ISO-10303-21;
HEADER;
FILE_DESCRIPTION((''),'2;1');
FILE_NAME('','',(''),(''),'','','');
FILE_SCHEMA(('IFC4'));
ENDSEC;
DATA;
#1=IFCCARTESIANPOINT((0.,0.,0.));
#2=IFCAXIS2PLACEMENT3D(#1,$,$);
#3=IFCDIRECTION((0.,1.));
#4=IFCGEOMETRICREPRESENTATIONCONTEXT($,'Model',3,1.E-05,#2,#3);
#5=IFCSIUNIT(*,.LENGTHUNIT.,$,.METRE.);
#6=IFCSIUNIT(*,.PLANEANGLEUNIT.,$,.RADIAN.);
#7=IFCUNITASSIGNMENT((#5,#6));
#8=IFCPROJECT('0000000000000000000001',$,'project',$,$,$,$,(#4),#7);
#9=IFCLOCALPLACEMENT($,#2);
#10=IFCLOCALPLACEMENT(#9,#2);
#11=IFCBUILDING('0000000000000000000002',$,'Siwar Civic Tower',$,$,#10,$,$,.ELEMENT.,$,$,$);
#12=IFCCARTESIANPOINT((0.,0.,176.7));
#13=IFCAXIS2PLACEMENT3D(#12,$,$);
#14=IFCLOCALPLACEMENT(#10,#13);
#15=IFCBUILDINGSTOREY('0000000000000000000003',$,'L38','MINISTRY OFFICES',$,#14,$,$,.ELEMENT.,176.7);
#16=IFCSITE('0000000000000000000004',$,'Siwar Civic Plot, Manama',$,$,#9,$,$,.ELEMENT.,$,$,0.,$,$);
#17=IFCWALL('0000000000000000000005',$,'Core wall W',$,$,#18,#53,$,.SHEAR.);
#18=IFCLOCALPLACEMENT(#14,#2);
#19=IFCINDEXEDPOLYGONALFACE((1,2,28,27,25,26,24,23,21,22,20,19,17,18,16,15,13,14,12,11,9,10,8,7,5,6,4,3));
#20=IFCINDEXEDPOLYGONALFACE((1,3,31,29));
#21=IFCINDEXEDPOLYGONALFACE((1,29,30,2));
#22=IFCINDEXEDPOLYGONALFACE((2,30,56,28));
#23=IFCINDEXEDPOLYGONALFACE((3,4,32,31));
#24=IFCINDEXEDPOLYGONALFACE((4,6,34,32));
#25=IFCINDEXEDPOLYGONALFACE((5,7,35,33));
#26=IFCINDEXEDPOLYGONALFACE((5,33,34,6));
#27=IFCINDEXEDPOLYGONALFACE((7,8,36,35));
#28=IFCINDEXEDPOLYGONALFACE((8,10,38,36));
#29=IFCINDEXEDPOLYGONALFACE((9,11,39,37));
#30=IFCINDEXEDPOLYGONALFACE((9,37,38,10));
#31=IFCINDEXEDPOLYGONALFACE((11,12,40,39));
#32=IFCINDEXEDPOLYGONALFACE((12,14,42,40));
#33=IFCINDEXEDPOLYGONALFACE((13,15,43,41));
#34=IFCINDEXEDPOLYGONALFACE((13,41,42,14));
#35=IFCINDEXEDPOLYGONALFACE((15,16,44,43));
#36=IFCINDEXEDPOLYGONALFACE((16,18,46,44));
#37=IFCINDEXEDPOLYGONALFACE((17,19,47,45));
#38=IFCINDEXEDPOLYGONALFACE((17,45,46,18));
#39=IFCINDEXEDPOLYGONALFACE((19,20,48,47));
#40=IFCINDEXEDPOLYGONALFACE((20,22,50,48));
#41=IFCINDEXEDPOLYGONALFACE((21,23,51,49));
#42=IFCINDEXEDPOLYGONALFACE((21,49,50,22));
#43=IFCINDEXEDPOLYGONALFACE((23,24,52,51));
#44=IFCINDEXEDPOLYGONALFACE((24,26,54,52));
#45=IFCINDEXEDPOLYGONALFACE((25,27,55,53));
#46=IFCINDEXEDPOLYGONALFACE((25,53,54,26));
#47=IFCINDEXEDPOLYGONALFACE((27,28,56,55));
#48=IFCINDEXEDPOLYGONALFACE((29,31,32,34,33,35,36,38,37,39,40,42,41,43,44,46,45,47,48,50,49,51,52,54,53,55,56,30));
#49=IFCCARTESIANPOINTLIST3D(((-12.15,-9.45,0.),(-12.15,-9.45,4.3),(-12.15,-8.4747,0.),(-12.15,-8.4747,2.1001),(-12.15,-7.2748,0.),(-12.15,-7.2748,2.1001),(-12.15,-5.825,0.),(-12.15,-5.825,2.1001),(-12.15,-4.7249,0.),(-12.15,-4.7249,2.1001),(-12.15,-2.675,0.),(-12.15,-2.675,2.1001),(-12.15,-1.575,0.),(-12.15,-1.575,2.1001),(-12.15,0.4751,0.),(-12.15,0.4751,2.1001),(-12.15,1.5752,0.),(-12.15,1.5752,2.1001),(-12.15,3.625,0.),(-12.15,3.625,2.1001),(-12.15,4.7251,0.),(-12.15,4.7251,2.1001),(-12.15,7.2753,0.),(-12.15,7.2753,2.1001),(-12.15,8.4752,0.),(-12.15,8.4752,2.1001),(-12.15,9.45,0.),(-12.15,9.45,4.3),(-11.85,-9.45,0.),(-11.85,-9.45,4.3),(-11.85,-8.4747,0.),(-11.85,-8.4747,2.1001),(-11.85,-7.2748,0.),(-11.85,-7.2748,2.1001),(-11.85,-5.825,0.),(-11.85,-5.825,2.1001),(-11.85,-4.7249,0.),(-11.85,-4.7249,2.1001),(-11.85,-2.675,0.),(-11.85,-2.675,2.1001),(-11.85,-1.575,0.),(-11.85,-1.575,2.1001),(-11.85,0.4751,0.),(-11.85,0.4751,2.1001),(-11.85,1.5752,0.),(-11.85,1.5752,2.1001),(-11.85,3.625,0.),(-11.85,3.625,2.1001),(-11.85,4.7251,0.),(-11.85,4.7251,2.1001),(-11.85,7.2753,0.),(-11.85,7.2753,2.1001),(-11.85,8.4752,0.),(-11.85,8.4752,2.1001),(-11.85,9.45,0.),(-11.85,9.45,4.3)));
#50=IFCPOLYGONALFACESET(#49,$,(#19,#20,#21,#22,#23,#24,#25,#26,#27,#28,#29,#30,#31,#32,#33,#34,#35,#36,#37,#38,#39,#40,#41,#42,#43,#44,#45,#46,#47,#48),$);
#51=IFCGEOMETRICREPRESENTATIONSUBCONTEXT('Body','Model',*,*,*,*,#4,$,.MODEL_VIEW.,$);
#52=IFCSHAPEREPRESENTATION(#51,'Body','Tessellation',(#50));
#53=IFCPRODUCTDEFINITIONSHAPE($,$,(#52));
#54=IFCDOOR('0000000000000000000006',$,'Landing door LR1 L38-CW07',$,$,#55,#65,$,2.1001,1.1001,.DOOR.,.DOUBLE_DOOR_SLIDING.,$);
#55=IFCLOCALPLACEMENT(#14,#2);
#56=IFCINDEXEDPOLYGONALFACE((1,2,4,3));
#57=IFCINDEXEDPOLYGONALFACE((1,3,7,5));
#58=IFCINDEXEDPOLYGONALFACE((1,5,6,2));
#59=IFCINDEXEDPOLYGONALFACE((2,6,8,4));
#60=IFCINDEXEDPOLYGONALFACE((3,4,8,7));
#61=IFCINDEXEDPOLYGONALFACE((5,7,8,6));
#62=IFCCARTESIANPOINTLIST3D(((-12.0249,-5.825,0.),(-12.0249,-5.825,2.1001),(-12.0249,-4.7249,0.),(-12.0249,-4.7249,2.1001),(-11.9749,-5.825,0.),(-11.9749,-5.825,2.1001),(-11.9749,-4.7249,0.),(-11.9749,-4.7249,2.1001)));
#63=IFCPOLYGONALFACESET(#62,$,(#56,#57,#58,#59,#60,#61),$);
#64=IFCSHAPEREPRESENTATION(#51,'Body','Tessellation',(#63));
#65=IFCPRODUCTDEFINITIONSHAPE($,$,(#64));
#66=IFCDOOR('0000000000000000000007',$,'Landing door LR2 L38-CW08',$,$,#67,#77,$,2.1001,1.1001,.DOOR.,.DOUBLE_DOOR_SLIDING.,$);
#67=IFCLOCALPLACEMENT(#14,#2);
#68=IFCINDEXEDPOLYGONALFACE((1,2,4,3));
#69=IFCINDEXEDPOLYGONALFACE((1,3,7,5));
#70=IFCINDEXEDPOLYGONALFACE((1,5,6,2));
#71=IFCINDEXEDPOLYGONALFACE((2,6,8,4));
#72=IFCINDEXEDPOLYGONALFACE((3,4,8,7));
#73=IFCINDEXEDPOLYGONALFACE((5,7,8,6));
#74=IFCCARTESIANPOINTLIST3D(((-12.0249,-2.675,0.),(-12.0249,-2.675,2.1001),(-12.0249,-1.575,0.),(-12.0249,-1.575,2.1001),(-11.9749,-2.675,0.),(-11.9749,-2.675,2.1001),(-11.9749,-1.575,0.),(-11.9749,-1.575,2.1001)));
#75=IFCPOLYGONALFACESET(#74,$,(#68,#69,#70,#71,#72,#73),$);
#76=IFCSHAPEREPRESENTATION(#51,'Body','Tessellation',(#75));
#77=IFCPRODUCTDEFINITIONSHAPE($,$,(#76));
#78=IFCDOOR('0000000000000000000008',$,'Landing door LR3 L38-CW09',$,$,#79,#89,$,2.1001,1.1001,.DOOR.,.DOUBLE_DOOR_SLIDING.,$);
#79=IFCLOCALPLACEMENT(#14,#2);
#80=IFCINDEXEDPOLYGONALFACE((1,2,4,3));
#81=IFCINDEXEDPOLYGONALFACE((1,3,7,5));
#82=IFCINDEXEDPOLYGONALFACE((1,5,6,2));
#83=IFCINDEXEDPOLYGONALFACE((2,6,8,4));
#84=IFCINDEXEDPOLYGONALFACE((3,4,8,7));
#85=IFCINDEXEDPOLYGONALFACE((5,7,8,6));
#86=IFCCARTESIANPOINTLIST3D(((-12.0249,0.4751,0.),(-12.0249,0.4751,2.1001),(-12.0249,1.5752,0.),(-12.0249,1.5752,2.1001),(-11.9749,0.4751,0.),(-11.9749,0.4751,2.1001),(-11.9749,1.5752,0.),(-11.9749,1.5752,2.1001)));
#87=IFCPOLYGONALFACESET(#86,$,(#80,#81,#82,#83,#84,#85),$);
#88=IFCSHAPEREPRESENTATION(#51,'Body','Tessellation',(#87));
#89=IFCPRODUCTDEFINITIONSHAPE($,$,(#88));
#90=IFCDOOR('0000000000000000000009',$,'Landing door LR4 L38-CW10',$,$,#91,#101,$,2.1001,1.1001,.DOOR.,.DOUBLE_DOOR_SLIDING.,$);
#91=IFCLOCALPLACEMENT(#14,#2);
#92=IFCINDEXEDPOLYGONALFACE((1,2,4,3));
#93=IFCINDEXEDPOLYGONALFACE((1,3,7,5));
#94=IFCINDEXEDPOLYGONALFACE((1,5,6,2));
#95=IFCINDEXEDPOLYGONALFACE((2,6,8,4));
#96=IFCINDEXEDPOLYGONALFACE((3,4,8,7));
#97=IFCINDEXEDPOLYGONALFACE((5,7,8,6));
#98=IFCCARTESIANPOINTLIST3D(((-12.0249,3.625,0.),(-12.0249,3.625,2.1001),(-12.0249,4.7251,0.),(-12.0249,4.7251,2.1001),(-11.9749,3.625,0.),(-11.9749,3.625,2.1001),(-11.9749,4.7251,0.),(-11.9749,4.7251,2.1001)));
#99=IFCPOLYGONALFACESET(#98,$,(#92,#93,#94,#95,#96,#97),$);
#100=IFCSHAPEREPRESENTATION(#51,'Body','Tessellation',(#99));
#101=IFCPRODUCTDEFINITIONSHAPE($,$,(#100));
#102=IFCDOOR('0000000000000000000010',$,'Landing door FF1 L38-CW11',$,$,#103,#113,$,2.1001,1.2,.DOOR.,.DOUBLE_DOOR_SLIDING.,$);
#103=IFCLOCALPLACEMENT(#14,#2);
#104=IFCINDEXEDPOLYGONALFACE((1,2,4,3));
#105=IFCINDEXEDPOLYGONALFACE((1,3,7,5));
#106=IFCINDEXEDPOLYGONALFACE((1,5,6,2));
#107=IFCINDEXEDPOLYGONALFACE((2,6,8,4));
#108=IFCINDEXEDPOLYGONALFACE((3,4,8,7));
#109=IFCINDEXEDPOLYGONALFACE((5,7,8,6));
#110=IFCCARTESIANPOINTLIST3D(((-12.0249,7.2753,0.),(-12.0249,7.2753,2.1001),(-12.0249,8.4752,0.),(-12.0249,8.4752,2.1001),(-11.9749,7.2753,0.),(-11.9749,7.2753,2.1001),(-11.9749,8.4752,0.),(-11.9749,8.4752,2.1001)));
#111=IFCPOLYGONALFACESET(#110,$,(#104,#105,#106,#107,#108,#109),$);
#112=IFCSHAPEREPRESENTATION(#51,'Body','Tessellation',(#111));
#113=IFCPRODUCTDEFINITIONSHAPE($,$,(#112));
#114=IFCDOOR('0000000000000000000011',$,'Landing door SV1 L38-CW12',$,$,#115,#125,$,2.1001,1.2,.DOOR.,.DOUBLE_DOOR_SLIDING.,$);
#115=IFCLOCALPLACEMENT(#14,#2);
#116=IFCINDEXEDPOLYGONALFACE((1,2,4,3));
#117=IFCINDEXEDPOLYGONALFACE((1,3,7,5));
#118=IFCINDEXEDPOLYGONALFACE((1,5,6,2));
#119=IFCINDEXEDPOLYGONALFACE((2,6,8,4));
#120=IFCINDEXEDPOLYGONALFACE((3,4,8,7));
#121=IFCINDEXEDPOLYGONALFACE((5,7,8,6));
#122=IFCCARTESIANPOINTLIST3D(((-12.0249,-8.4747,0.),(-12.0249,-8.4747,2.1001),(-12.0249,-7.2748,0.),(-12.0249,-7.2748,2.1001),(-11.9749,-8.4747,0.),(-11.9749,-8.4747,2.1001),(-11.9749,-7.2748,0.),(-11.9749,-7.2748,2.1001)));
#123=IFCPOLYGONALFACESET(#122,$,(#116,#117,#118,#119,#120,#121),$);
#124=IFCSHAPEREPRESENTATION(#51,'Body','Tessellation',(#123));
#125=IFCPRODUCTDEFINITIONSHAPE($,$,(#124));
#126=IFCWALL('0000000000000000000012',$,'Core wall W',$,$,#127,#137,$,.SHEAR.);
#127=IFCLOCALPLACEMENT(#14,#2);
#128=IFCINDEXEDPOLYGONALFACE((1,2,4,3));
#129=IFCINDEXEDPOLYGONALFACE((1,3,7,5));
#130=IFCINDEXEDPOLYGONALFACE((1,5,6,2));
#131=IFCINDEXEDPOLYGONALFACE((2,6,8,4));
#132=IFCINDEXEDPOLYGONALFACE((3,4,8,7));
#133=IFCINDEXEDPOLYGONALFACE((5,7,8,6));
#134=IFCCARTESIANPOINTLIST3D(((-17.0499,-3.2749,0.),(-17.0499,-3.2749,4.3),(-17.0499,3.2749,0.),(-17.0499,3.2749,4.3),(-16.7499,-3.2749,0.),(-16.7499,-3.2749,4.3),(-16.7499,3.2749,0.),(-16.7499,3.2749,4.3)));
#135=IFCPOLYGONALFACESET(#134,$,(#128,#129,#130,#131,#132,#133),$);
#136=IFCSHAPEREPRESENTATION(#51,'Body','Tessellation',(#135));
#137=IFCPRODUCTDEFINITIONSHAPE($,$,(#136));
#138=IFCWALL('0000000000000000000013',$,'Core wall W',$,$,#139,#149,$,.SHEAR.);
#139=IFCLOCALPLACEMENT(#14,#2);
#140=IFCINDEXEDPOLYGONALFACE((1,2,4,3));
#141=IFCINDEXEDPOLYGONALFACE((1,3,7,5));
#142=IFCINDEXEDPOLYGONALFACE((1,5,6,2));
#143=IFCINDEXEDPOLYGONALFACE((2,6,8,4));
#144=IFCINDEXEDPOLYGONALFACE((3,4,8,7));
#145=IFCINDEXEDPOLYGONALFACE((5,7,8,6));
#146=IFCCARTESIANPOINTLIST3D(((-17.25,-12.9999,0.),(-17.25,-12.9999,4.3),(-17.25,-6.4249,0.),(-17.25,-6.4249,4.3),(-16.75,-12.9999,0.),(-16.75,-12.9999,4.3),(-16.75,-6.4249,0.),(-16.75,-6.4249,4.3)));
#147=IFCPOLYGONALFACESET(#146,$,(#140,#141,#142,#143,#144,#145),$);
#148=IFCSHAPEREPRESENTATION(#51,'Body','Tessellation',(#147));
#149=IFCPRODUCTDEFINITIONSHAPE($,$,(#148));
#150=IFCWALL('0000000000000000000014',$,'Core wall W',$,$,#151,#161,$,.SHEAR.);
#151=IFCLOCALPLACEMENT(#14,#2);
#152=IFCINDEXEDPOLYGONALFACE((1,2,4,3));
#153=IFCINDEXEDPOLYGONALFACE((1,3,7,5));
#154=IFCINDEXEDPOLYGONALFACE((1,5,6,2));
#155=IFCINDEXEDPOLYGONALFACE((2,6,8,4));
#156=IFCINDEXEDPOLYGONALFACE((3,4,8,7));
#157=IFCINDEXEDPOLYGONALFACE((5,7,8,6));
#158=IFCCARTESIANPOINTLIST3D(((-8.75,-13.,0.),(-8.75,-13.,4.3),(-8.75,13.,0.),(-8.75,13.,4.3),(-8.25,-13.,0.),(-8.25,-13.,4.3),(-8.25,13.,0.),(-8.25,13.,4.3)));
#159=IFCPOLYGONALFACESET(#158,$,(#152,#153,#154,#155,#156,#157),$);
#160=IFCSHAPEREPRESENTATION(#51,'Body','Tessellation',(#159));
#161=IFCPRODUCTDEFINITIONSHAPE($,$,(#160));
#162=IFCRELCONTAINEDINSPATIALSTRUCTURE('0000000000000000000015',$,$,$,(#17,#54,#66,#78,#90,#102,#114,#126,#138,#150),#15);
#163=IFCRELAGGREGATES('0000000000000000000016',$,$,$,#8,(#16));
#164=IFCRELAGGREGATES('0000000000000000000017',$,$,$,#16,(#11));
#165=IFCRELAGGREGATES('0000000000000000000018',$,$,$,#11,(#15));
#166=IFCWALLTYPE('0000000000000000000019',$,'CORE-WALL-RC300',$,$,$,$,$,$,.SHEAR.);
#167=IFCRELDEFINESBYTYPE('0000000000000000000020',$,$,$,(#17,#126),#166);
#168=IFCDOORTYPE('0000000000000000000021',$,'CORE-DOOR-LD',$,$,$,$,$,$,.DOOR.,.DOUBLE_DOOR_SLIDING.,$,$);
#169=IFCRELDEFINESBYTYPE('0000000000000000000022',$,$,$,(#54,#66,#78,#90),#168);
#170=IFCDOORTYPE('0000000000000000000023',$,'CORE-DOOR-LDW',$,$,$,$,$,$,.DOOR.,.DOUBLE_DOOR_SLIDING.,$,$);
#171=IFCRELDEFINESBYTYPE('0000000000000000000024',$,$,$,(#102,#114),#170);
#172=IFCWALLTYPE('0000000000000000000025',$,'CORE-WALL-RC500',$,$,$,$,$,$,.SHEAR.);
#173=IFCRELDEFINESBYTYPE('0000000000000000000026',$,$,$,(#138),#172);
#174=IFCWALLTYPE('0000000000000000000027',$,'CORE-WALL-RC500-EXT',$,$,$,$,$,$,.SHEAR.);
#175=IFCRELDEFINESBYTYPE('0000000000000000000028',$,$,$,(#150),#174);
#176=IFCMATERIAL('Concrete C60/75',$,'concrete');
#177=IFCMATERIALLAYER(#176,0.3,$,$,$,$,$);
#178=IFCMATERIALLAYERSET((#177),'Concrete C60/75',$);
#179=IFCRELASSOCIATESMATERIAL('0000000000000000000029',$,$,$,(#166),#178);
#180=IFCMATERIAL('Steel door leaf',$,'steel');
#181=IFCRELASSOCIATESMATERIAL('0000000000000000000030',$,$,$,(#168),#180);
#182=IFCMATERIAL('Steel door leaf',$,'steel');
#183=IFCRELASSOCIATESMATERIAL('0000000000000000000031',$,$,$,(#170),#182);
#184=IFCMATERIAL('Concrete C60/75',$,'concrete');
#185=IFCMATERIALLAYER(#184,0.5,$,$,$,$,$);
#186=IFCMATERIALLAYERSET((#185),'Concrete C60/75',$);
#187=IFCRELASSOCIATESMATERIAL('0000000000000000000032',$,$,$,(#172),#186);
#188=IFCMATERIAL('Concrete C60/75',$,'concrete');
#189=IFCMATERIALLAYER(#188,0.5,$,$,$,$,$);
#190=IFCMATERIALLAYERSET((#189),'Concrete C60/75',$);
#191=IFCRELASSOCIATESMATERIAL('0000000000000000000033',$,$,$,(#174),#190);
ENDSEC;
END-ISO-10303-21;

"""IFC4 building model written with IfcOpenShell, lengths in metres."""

from ifc_helpers import new_model, si_unit, direction, frame, frame_2d, origin, place, context, subcontext, project, spatial, rectangle, extrude, material, layer, layer_set, type_object, element, fill, save


model = new_model("IFC4")

# Units and contexts
model_context = context("Model", 3, precision=1e-05, world=origin(), true_north=direction((0.0, 1.0)))
body_context = subcontext(model_context, "Body", "Model", "MODEL_VIEW")
ifc_project = project(units=[si_unit("LENGTHUNIT", "METRE"), si_unit("PLANEANGLEUNIT", "RADIAN")], contexts=[model_context])

# Site, building, storey
site_placement = place(None, origin())
site = spatial("IfcSite", under=ifc_project, at=site_placement, Name="Siwar Civic Plot, Manama", CompositionType="ELEMENT", RefElevation=0.0)
building_placement = place(site_placement, origin())
building = spatial("IfcBuilding", under=site, at=building_placement, Name="Siwar Civic Tower", CompositionType="ELEMENT")
storey_placement = place(building_placement, frame((0.0, 0.0, 176.7)))
storey = spatial("IfcBuildingStorey", under=building, at=storey_placement, Name="L38", Description="MINISTRY OFFICES", CompositionType="ELEMENT", Elevation=176.7)

# Wall, openings, doors
ifc_material_1 = material(Name="Concrete C60/75", Category="concrete")
ifc_layer_1 = layer(ifc_material_1, 0.3)
ifc_layer_set_1 = layer_set([ifc_layer_1], Name="Concrete C60/75")
wall_type_1 = type_object("IfcWallType", Name="CORE-WALL-RC300", PredefinedType="SHEAR", material=ifc_layer_set_1)
wall_1_placement = place(storey_placement, frame((-12.0, -9.45, 0.0), z_axis=(0.0, 0.0, 1.0), x_axis=(0.0, 1.0, 0.0)))
wall_1 = element("IfcWall", 1, at=wall_1_placement, inside=storey, type_object=wall_type_1, Name="Core wall W", PredefinedType="SHEAR", context=body_context, shape_type="SweptSolid", body=[
    extrude(rectangle(XDim=18.8999, YDim=0.3, at=frame_2d((9.45, 0.0))), origin(), (0.0, 0.0, 1.0), 4.3),
])
opening_1_placement = place(wall_1_placement, frame((3.625, 0.0, 0.0)))
opening_1 = element("IfcOpeningElement", 2, at=opening_1_placement, cuts=wall_1, PredefinedType="OPENING", context=body_context, shape_type="SweptSolid", body=[
    extrude(rectangle(XDim=1.1001, YDim=2.1001, at=frame_2d((0.55, 1.05))), frame((0.0, 0.1602, 0.0), z_axis=(0.0, -1.0, 0.0), x_axis=(1.0, 0.0, 0.0)), (0.0, 0.0, 1.0), 0.3201),
])
opening_2_placement = place(wall_1_placement, frame((6.7749, 0.0, 0.0)))
opening_2 = element("IfcOpeningElement", 3, at=opening_2_placement, cuts=wall_1, PredefinedType="OPENING", context=body_context, shape_type="SweptSolid", body=[
    extrude(rectangle(XDim=1.1001, YDim=2.1001, at=frame_2d((0.55, 1.05))), frame((0.0, 0.1602, 0.0), z_axis=(0.0, -1.0, 0.0), x_axis=(1.0, 0.0, 0.0)), (0.0, 0.0, 1.0), 0.3201),
])
opening_3_placement = place(wall_1_placement, frame((9.925, 0.0, 0.0)))
opening_3 = element("IfcOpeningElement", 4, at=opening_3_placement, cuts=wall_1, PredefinedType="OPENING", context=body_context, shape_type="SweptSolid", body=[
    extrude(rectangle(XDim=1.1001, YDim=2.1001, at=frame_2d((0.55, 1.05))), frame((0.0, 0.1602, 0.0), z_axis=(0.0, -1.0, 0.0), x_axis=(1.0, 0.0, 0.0)), (0.0, 0.0, 1.0), 0.3201),
])
opening_4_placement = place(wall_1_placement, frame((13.075, 0.0, 0.0)))
opening_4 = element("IfcOpeningElement", 5, at=opening_4_placement, cuts=wall_1, PredefinedType="OPENING", context=body_context, shape_type="SweptSolid", body=[
    extrude(rectangle(XDim=1.1001, YDim=2.1001, at=frame_2d((0.55, 1.05))), frame((0.0, 0.1602, 0.0), z_axis=(0.0, -1.0, 0.0), x_axis=(1.0, 0.0, 0.0)), (0.0, 0.0, 1.0), 0.3201),
])
opening_5_placement = place(wall_1_placement, frame((16.7251, 0.0, 0.0)))
opening_5 = element("IfcOpeningElement", 6, at=opening_5_placement, cuts=wall_1, PredefinedType="OPENING", context=body_context, shape_type="SweptSolid", body=[
    extrude(rectangle(XDim=1.2, YDim=2.1001, at=frame_2d((0.6001, 1.05))), frame((0.0, 0.1602, 0.0), z_axis=(0.0, -1.0, 0.0), x_axis=(1.0, 0.0, 0.0)), (0.0, 0.0, 1.0), 0.3201),
])
opening_6_placement = place(wall_1_placement, frame((0.9751, 0.0, 0.0)))
opening_6 = element("IfcOpeningElement", 7, at=opening_6_placement, cuts=wall_1, PredefinedType="OPENING", context=body_context, shape_type="SweptSolid", body=[
    extrude(rectangle(XDim=1.2, YDim=2.1001, at=frame_2d((0.6001, 1.05))), frame((0.0, 0.1602, 0.0), z_axis=(0.0, -1.0, 0.0), x_axis=(1.0, 0.0, 0.0)), (0.0, 0.0, 1.0), 0.3201),
])
ifc_material_2 = material(Name="Steel door leaf", Category="steel")
door_type_1 = type_object("IfcDoorType", Name="CORE-DOOR-LD", OperationType="DOUBLE_DOOR_SLIDING", PredefinedType="DOOR", material=ifc_material_2)
door_1_placement = place(opening_1_placement, origin())
door_1 = element("IfcDoor", 8, at=door_1_placement, inside=storey, type_object=door_type_1, Name="Landing door LR1 L38-CW07", OperationType="DOUBLE_DOOR_SLIDING", OverallHeight=2.1001, OverallWidth=1.1001, PredefinedType="DOOR", context=body_context, shape_type="SweptSolid", body=[
    extrude(rectangle(XDim=1.1001, YDim=2.1001, at=frame_2d((0.55, 1.05))), frame((0.0, 0.0249, 0.0), z_axis=(0.0, -1.0, 0.0), x_axis=(1.0, 0.0, 0.0)), (0.0, 0.0, 1.0), 0.05),
])
fill(opening_1, door_1)
door_2_placement = place(opening_2_placement, origin())
door_2 = element("IfcDoor", 9, at=door_2_placement, inside=storey, type_object=door_type_1, Name="Landing door LR2 L38-CW08", OperationType="DOUBLE_DOOR_SLIDING", OverallHeight=2.1001, OverallWidth=1.1001, PredefinedType="DOOR", context=body_context, shape_type="SweptSolid", body=[
    extrude(rectangle(XDim=1.1001, YDim=2.1001, at=frame_2d((0.55, 1.05))), frame((0.0, 0.0249, 0.0), z_axis=(0.0, -1.0, 0.0), x_axis=(1.0, 0.0, 0.0)), (0.0, 0.0, 1.0), 0.05),
])
fill(opening_2, door_2)
door_3_placement = place(opening_3_placement, origin())
door_3 = element("IfcDoor", 10, at=door_3_placement, inside=storey, type_object=door_type_1, Name="Landing door LR3 L38-CW09", OperationType="DOUBLE_DOOR_SLIDING", OverallHeight=2.1001, OverallWidth=1.1001, PredefinedType="DOOR", context=body_context, shape_type="SweptSolid", body=[
    extrude(rectangle(XDim=1.1001, YDim=2.1001, at=frame_2d((0.55, 1.05))), frame((0.0, 0.0249, 0.0), z_axis=(0.0, -1.0, 0.0), x_axis=(1.0, 0.0, 0.0)), (0.0, 0.0, 1.0), 0.05),
])
fill(opening_3, door_3)
door_4_placement = place(opening_4_placement, origin())
door_4 = element("IfcDoor", 11, at=door_4_placement, inside=storey, type_object=door_type_1, Name="Landing door LR4 L38-CW10", OperationType="DOUBLE_DOOR_SLIDING", OverallHeight=2.1001, OverallWidth=1.1001, PredefinedType="DOOR", context=body_context, shape_type="SweptSolid", body=[
    extrude(rectangle(XDim=1.1001, YDim=2.1001, at=frame_2d((0.55, 1.05))), frame((0.0, 0.0249, 0.0), z_axis=(0.0, -1.0, 0.0), x_axis=(1.0, 0.0, 0.0)), (0.0, 0.0, 1.0), 0.05),
])
fill(opening_4, door_4)
ifc_material_3 = material(Name="Steel door leaf", Category="steel")
door_type_2 = type_object("IfcDoorType", Name="CORE-DOOR-LDW", OperationType="DOUBLE_DOOR_SLIDING", PredefinedType="DOOR", material=ifc_material_3)
door_5_placement = place(opening_5_placement, origin())
door_5 = element("IfcDoor", 12, at=door_5_placement, inside=storey, type_object=door_type_2, Name="Landing door FF1 L38-CW11", OperationType="DOUBLE_DOOR_SLIDING", OverallHeight=2.1001, OverallWidth=1.2, PredefinedType="DOOR", context=body_context, shape_type="SweptSolid", body=[
    extrude(rectangle(XDim=1.2, YDim=2.1001, at=frame_2d((0.6001, 1.05))), frame((0.0, 0.0249, 0.0), z_axis=(0.0, -1.0, 0.0), x_axis=(1.0, 0.0, 0.0)), (0.0, 0.0, 1.0), 0.05),
])
fill(opening_5, door_5)
door_6_placement = place(opening_6_placement, origin())
door_6 = element("IfcDoor", 13, at=door_6_placement, inside=storey, type_object=door_type_2, Name="Landing door SV1 L38-CW12", OperationType="DOUBLE_DOOR_SLIDING", OverallHeight=2.1001, OverallWidth=1.2, PredefinedType="DOOR", context=body_context, shape_type="SweptSolid", body=[
    extrude(rectangle(XDim=1.2, YDim=2.1001, at=frame_2d((0.6001, 1.05))), frame((0.0, 0.0249, 0.0), z_axis=(0.0, -1.0, 0.0), x_axis=(1.0, 0.0, 0.0)), (0.0, 0.0, 1.0), 0.05),
])
fill(opening_6, door_6)

# Walls
wall_2_placement = place(storey_placement, frame((-16.8999, -3.2749, 0.0), z_axis=(0.0, 0.0, 1.0), x_axis=(0.0, 1.0, 0.0)))
element("IfcWall", 14, at=wall_2_placement, inside=storey, type_object=wall_type_1, Name="Core wall W", PredefinedType="SHEAR", context=body_context, shape_type="SweptSolid", body=[
    extrude(rectangle(XDim=6.5498, YDim=0.3, at=frame_2d((3.2749, 0.0))), origin(), (0.0, 0.0, 1.0), 4.3),
])
ifc_material_4 = material(Name="Concrete C60/75", Category="concrete")
ifc_layer_2 = layer(ifc_material_4, 0.5)
ifc_layer_set_2 = layer_set([ifc_layer_2], Name="Concrete C60/75")
wall_type_2 = type_object("IfcWallType", Name="CORE-WALL-RC500", PredefinedType="SHEAR", material=ifc_layer_set_2)
wall_3_placement = place(storey_placement, frame((-17.0, -13.0, 0.0), z_axis=(0.0, 0.0, 1.0), x_axis=(0.0, 1.0, 0.0)))
element("IfcWall", 15, at=wall_3_placement, inside=storey, type_object=wall_type_2, Name="Core wall W", PredefinedType="SHEAR", context=body_context, shape_type="SweptSolid", body=[
    extrude(rectangle(XDim=6.575, YDim=0.5, at=frame_2d((3.2876, 0.0))), origin(), (0.0, 0.0, 1.0), 4.3),
])
ifc_material_5 = material(Name="Concrete C60/75", Category="concrete")
ifc_layer_3 = layer(ifc_material_5, 0.5)
ifc_layer_set_3 = layer_set([ifc_layer_3], Name="Concrete C60/75")
wall_type_3 = type_object("IfcWallType", Name="CORE-WALL-RC500-EXT", PredefinedType="SHEAR", material=ifc_layer_set_3)
wall_4_placement = place(storey_placement, frame((-8.5, -13.0, 0.0), z_axis=(0.0, 0.0, 1.0), x_axis=(0.0, 1.0, 0.0)))
element("IfcWall", 16, at=wall_4_placement, inside=storey, type_object=wall_type_3, Name="Core wall W", PredefinedType="SHEAR", context=body_context, shape_type="SweptSolid", body=[
    extrude(rectangle(XDim=26.0, YDim=0.5, at=frame_2d((13.0, 0.0))), origin(), (0.0, 0.0, 1.0), 4.3),
])

save(model, "model.ifc")
